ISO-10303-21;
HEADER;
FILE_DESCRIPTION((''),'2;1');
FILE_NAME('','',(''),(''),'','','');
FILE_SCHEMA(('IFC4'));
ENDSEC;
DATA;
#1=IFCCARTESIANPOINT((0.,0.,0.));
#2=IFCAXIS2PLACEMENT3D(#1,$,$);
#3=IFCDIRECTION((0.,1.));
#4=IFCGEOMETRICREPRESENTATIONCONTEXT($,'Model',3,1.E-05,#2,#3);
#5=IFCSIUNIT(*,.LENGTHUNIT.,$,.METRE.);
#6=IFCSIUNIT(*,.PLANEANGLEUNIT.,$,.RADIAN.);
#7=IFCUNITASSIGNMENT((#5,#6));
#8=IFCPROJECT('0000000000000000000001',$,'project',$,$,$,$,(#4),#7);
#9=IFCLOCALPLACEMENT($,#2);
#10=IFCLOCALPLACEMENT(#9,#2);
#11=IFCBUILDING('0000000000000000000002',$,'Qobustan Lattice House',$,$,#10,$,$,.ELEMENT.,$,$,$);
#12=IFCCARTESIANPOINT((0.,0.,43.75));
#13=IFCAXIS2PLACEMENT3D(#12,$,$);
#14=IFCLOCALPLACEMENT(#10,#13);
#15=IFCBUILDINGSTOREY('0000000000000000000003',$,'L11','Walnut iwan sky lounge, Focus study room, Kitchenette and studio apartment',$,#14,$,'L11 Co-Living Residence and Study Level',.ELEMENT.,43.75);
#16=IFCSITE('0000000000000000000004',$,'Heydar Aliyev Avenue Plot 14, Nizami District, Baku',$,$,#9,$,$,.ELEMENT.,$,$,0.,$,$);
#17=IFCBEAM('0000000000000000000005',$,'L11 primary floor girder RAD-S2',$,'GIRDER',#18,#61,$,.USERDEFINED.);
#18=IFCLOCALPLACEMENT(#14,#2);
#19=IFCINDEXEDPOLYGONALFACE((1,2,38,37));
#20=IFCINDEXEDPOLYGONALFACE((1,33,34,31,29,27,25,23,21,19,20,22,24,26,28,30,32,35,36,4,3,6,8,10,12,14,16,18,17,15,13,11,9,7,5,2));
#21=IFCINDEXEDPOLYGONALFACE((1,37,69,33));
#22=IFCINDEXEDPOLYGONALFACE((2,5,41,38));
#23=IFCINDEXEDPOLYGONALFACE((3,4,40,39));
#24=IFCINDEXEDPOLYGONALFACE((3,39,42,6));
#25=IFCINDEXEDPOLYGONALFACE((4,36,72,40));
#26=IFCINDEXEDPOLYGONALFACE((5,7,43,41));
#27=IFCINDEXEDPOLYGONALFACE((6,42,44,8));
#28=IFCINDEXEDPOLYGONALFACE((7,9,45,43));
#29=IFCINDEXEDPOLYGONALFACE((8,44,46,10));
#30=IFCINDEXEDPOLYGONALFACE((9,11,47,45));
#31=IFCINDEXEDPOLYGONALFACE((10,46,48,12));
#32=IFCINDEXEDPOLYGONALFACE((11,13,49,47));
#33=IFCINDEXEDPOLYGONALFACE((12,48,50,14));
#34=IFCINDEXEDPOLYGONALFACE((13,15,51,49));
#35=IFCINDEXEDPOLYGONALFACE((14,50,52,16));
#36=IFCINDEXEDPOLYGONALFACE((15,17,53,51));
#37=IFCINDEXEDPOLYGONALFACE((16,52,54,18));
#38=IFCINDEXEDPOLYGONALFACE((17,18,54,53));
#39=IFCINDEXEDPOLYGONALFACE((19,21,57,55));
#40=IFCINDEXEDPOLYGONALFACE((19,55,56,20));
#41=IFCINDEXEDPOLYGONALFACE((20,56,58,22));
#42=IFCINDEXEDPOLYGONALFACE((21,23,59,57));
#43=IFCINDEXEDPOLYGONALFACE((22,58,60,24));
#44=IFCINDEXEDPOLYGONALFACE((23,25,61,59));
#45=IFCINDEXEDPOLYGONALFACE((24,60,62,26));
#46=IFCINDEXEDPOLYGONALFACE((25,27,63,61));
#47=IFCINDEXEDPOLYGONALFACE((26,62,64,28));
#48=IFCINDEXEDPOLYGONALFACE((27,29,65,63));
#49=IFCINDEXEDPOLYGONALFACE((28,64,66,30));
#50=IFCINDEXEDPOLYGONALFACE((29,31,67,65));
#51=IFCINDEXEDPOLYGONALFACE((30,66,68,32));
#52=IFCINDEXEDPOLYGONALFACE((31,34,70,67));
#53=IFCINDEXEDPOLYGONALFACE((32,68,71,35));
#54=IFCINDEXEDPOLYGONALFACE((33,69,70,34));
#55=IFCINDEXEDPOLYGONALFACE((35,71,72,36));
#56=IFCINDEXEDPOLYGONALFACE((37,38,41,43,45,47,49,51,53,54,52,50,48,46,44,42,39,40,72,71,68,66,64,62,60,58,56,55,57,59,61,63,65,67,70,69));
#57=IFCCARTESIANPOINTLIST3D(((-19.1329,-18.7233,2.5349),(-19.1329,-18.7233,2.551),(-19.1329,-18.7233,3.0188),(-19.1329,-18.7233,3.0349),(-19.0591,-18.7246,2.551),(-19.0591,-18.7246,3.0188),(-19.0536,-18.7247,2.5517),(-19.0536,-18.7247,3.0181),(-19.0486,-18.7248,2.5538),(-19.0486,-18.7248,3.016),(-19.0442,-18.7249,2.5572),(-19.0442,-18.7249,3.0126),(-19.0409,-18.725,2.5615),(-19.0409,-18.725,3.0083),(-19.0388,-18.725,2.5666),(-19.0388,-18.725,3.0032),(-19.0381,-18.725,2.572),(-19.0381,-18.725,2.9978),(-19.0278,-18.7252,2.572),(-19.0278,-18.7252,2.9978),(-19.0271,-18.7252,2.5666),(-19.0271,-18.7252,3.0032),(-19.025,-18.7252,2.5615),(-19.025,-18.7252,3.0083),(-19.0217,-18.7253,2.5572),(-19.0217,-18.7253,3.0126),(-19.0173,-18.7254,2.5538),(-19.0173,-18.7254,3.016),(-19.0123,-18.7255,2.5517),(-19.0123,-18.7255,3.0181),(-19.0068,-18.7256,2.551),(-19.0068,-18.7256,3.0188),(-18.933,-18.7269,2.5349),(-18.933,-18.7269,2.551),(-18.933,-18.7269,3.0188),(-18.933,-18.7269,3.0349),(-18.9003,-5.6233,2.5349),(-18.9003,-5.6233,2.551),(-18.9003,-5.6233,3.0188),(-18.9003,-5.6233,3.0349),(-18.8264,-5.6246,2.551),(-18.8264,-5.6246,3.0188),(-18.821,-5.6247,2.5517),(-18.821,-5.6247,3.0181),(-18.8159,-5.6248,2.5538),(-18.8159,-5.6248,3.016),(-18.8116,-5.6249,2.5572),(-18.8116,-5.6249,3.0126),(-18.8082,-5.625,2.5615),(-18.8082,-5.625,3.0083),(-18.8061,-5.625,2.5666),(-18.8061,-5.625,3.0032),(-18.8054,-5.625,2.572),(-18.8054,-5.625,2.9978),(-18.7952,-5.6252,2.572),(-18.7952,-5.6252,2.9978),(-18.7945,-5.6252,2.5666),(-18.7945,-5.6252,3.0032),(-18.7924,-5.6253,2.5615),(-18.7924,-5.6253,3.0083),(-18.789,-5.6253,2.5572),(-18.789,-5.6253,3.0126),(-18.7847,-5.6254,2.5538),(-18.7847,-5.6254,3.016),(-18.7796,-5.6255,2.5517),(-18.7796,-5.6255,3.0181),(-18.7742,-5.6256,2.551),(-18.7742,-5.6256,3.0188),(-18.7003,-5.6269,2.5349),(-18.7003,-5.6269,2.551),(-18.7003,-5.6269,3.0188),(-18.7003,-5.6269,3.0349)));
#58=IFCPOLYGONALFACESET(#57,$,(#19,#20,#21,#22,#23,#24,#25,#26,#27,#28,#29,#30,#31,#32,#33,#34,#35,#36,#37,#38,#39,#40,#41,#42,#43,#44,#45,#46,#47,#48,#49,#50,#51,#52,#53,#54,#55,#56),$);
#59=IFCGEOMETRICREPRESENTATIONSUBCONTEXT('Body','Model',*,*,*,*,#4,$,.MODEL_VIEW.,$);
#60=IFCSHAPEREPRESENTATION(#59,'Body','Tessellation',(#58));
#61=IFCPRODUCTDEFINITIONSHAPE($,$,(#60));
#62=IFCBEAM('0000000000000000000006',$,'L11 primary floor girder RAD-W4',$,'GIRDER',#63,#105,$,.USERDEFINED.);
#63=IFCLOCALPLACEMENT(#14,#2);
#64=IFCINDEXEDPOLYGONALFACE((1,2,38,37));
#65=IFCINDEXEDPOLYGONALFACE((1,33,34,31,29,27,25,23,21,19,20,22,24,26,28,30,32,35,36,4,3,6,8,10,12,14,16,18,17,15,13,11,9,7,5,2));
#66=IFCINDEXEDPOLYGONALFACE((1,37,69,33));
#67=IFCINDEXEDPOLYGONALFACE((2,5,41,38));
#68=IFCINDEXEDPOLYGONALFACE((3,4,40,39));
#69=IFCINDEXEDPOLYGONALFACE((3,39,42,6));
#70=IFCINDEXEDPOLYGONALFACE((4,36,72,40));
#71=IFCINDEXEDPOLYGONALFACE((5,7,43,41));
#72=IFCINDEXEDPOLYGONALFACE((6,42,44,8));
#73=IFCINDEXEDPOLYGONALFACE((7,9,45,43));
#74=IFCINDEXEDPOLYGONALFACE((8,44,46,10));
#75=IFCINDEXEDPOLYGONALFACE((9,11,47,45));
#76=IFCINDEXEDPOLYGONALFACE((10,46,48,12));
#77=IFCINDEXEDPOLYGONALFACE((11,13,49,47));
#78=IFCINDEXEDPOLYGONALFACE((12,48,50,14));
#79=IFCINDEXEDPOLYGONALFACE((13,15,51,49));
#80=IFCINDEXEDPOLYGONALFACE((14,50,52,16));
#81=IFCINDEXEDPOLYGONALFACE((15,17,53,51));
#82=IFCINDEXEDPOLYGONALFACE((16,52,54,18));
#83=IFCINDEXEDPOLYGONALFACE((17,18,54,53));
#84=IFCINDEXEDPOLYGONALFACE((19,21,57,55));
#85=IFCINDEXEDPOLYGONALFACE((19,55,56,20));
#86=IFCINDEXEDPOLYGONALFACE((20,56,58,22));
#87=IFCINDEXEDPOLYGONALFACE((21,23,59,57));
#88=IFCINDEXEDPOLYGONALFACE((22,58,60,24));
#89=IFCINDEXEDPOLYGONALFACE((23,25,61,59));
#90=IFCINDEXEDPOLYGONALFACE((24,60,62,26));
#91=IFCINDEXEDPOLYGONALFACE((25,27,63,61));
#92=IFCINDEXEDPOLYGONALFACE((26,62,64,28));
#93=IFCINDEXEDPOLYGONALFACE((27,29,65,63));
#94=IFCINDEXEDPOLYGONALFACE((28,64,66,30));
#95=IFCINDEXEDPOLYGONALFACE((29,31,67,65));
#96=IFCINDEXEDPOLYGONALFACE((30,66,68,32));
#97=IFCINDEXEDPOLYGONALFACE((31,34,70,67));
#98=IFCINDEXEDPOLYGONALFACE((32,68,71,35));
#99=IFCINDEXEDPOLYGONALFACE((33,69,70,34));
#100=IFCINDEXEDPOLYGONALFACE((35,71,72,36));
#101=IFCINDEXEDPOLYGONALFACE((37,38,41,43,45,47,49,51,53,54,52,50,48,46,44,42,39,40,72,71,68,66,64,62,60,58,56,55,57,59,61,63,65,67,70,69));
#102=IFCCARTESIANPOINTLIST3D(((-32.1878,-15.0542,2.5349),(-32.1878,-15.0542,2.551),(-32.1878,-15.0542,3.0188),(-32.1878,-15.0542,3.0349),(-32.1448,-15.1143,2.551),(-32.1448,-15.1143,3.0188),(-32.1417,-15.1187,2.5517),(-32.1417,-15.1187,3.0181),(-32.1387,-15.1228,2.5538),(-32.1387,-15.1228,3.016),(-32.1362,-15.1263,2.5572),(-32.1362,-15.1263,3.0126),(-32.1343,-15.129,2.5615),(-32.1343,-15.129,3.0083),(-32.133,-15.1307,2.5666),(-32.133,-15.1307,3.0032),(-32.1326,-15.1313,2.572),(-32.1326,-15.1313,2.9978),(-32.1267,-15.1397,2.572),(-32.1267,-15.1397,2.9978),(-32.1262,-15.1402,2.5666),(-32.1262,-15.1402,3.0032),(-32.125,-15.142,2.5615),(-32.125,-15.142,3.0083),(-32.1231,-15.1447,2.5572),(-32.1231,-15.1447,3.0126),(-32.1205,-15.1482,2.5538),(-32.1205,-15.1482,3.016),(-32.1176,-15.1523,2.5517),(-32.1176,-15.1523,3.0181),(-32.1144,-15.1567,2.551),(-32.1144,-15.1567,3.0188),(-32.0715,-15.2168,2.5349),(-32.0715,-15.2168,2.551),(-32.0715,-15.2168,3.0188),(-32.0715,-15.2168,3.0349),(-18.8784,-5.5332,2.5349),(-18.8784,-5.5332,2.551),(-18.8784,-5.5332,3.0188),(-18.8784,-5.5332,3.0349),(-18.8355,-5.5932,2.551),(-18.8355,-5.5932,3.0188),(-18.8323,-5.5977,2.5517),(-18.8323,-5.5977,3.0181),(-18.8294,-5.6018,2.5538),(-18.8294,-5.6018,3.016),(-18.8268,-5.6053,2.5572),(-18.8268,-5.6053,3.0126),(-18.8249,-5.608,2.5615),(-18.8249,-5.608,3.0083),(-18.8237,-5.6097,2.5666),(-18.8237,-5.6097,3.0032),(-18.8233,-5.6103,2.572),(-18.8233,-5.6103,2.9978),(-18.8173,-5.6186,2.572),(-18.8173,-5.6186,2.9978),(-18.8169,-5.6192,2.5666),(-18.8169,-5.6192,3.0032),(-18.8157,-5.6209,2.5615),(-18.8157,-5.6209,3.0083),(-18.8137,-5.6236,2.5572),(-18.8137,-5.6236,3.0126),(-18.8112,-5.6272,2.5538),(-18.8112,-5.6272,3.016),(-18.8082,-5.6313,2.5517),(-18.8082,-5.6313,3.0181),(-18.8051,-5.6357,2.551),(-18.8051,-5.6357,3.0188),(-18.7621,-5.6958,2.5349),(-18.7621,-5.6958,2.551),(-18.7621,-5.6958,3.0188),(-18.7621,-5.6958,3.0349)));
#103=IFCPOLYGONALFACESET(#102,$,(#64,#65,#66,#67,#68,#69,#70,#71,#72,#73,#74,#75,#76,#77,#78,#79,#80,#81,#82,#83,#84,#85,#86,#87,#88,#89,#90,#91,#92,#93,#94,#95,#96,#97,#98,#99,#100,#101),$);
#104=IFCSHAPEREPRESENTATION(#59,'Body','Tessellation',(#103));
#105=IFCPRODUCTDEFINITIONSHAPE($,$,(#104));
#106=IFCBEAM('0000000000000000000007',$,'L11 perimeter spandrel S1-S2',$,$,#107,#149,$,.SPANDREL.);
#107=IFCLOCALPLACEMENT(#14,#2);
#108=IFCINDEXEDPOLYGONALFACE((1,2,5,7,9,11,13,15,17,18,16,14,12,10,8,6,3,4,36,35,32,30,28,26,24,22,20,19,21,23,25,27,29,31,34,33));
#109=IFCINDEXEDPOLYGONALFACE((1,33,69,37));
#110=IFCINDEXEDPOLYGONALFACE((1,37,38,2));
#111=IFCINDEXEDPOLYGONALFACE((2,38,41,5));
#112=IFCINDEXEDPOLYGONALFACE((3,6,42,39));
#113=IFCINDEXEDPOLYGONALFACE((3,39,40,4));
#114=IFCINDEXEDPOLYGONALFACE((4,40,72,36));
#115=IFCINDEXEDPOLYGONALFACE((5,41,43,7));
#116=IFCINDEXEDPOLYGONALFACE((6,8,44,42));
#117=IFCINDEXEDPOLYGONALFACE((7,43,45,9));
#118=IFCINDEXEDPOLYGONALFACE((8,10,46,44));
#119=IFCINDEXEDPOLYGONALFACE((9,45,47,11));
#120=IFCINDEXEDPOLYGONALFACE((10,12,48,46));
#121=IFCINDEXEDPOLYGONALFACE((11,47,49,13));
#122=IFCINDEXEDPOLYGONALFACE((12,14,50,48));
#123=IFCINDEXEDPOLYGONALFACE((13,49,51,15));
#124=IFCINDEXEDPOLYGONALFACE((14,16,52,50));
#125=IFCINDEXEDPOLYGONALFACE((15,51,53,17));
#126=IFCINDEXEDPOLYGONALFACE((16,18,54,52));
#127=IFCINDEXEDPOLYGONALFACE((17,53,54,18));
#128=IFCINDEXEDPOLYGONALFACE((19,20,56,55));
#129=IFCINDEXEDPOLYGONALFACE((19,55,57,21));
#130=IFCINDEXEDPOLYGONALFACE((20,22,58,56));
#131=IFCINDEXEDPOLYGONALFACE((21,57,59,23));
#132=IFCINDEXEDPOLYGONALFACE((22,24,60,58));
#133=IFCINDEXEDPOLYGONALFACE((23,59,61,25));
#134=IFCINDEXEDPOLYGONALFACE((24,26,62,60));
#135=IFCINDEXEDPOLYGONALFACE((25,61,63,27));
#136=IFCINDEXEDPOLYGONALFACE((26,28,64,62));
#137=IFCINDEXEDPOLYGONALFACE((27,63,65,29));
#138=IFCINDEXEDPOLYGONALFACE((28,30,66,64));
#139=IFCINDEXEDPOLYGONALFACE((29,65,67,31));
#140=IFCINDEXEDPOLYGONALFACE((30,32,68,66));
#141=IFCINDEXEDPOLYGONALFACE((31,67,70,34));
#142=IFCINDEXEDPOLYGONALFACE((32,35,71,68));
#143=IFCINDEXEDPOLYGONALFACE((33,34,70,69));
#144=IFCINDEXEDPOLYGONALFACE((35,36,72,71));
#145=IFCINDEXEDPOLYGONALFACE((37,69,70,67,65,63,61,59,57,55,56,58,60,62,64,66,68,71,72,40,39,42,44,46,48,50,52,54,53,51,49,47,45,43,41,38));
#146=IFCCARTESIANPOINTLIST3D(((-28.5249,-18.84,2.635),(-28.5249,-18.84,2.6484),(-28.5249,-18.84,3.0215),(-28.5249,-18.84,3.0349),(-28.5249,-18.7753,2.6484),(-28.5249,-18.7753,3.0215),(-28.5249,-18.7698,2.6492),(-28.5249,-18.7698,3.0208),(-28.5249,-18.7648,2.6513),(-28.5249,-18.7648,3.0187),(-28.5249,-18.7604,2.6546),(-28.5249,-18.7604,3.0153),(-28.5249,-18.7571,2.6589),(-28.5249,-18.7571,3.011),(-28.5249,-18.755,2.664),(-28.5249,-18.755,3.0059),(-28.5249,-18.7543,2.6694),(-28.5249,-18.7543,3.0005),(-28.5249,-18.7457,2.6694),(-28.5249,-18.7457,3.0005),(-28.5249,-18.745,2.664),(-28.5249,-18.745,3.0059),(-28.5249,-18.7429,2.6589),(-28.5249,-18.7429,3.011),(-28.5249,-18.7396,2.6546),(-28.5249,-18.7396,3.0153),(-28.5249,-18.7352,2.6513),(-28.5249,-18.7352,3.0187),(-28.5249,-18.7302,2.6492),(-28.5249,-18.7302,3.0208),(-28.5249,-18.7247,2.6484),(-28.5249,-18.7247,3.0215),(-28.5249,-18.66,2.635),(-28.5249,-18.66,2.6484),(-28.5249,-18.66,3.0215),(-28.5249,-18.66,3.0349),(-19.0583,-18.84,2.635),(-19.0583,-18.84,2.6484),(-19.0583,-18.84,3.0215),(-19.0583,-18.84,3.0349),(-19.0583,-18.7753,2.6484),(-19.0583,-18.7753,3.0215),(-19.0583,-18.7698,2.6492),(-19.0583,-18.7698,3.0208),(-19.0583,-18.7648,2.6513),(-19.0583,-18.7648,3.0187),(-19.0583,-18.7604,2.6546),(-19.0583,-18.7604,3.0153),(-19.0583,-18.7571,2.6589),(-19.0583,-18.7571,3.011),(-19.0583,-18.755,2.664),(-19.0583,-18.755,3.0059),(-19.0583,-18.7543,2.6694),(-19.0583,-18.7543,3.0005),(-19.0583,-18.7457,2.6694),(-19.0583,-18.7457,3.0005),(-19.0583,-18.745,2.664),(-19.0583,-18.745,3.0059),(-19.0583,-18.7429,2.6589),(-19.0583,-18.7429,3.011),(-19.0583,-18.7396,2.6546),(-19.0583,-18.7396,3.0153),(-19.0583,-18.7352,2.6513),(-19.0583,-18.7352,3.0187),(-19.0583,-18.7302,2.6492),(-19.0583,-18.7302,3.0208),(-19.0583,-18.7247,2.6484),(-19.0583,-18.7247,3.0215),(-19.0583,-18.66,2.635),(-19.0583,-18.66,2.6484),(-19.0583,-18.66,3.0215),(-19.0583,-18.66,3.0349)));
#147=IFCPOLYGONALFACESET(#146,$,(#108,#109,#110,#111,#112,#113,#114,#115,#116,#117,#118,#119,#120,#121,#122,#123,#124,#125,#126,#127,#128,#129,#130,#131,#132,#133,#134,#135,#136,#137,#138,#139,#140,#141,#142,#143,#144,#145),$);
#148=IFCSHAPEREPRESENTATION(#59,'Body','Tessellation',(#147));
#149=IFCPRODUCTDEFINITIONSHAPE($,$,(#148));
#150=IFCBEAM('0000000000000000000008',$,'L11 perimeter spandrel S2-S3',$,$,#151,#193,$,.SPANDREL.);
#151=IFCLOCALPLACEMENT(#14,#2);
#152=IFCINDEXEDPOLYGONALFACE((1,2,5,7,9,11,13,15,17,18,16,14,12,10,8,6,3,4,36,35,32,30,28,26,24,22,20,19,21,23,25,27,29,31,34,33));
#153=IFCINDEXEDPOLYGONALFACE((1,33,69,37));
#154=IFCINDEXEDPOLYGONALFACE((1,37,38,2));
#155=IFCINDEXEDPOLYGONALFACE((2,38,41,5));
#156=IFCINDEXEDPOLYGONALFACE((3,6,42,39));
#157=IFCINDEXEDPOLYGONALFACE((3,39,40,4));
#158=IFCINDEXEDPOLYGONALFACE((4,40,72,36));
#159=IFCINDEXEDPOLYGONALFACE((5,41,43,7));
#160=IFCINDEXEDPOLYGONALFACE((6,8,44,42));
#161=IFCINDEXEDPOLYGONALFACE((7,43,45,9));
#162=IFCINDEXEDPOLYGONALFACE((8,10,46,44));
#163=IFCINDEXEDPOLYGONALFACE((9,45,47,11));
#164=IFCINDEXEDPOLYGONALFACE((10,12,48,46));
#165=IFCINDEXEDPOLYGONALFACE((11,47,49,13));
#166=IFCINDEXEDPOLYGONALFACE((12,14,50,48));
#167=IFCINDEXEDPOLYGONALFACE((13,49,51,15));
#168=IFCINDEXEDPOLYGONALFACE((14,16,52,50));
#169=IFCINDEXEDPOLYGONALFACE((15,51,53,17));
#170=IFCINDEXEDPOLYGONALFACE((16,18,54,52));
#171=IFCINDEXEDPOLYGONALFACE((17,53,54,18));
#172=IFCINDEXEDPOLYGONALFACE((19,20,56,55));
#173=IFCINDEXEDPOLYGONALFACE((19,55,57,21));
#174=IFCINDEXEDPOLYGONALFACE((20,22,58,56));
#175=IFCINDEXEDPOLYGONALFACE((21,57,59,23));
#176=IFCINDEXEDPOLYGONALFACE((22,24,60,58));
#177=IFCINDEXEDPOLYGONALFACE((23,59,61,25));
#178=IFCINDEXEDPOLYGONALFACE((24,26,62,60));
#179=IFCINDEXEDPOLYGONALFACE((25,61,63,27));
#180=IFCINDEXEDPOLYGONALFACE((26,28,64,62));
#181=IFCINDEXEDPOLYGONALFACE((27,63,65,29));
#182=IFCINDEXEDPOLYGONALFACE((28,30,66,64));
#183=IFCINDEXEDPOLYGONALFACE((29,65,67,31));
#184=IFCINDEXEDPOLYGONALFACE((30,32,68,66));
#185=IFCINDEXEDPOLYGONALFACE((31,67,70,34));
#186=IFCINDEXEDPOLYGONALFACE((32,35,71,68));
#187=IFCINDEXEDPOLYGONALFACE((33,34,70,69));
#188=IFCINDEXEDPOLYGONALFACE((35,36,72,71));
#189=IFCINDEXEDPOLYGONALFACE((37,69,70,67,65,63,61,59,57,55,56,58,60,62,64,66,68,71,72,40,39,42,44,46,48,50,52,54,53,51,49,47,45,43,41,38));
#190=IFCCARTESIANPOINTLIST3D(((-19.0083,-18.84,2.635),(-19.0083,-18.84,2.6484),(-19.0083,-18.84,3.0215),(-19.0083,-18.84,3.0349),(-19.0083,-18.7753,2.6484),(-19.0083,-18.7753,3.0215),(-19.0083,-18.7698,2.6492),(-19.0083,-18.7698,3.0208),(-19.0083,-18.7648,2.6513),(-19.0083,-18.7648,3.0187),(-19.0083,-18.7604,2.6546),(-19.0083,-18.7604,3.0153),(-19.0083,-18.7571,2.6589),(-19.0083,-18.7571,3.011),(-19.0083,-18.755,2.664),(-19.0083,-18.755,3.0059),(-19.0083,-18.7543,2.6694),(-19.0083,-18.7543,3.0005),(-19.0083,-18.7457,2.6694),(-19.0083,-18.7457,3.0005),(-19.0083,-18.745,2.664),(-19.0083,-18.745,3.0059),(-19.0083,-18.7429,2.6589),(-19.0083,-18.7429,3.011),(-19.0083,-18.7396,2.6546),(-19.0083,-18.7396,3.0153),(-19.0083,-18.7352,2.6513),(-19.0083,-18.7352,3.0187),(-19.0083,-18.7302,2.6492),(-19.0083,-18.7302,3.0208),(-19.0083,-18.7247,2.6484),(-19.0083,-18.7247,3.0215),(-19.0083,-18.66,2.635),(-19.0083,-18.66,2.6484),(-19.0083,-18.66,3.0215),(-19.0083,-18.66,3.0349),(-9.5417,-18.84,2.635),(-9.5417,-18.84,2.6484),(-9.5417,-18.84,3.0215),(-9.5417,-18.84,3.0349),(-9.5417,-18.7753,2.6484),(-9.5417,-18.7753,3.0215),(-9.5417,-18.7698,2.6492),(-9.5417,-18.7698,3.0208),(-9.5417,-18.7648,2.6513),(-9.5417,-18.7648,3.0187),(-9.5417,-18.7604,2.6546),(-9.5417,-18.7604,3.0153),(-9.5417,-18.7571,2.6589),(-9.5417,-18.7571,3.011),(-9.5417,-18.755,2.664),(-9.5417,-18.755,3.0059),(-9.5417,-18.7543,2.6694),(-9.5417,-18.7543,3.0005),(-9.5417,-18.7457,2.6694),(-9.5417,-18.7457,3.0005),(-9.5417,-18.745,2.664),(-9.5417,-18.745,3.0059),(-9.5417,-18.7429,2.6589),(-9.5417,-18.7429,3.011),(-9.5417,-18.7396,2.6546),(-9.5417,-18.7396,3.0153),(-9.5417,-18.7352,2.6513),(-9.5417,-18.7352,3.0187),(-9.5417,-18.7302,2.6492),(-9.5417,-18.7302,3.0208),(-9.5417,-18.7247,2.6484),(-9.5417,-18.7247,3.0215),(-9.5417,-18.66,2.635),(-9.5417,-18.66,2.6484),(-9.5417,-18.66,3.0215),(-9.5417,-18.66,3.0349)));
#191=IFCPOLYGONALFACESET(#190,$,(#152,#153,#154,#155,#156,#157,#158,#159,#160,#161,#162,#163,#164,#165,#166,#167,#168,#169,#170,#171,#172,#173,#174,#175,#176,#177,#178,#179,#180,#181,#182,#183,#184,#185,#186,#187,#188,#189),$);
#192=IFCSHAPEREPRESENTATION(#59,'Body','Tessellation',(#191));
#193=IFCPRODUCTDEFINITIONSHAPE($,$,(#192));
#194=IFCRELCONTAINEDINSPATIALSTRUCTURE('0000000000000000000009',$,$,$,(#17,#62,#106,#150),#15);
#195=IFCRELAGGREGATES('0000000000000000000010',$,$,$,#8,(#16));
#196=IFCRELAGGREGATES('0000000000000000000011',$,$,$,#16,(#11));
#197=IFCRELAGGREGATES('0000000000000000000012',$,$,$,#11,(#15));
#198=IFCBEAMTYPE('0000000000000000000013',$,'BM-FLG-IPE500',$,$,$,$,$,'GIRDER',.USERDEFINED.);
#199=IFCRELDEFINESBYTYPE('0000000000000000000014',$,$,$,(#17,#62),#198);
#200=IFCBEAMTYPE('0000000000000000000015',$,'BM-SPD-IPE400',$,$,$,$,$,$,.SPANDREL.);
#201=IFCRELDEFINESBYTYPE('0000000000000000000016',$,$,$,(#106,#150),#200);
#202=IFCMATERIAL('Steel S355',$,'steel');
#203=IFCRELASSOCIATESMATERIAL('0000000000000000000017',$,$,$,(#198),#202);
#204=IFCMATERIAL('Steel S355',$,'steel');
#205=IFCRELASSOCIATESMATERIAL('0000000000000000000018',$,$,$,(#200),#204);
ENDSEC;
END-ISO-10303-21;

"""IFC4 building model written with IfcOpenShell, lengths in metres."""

from ifc_helpers import new_model, si_unit, direction, frame, origin, origin_2d, place, context, subcontext, project, spatial, i_section, extrude, material, material_profile, profile_set, type_object, element, save


model = new_model("IFC4")

# Units and contexts
model_context = context("Model", 3, precision=1e-05, world=origin(), true_north=direction((0.0, 1.0)))
body_context = subcontext(model_context, "Body", "Model", "MODEL_VIEW")
ifc_project = project(units=[si_unit("LENGTHUNIT", "METRE"), si_unit("PLANEANGLEUNIT", "RADIAN")], contexts=[model_context])

# Site, building, storey
site_placement = place(None, origin())
site = spatial("IfcSite", under=ifc_project, at=site_placement, Name="Heydar Aliyev Avenue Plot 14, Nizami District, Baku", CompositionType="ELEMENT", RefElevation=0.0)
building_placement = place(site_placement, origin())
building = spatial("IfcBuilding", under=site, at=building_placement, Name="Qobustan Lattice House", CompositionType="ELEMENT")
storey_placement = place(building_placement, frame((0.0, 0.0, 43.75)))
storey = spatial("IfcBuildingStorey", under=building, at=storey_placement, Name="L11", Description="Walnut iwan sky lounge, Focus study room, Kitchenette and studio apartment", LongName="L11 Co-Living Residence and Study Level", CompositionType="ELEMENT", Elevation=43.75)

# Beams
ifc_material_1 = material(Name="Steel S355", Category="steel")
ifc_material_profile_1 = material_profile(ifc_material_1, i_section(OverallWidth=0.2, OverallDepth=0.5, WebThickness=0.0103, FlangeThickness=0.0161, FilletRadius=0.021, at=origin_2d()), Name="IPE500")
ifc_profile_set_1 = profile_set([ifc_material_profile_1], Name="Steel S355")
beam_type_1 = type_object("IfcBeamType", Name="BM-FLG-IPE500", ElementType="GIRDER", PredefinedType="USERDEFINED", material=ifc_profile_set_1)
beam_1_placement = place(storey_placement, frame((-19.033, -18.7251, 2.7849), z_axis=(0.017758, 0.999842, 0.0), x_axis=(-0.999842, 0.017758, 0.0)))
element("IfcBeam", 1, at=beam_1_placement, inside=storey, type_object=beam_type_1, Name="L11 primary floor girder RAD-S2", ObjectType="GIRDER", PredefinedType="USERDEFINED", context=body_context, shape_type="SweptSolid", body=[
    extrude(i_section(OverallWidth=0.2, OverallDepth=0.5, WebThickness=0.0103, FlangeThickness=0.0161, FilletRadius=0.021, at=origin_2d()), origin(), (0.0, 0.0, 1.0), 13.1021),
])
beam_2_placement = place(storey_placement, frame((-32.1296, -15.1355, 2.7849), z_axis=(0.813319, 0.581818, 0.0), x_axis=(-0.581818, 0.813319, 0.0)))
element("IfcBeam", 2, at=beam_2_placement, inside=storey, type_object=beam_type_1, Name="L11 primary floor girder RAD-W4", ObjectType="GIRDER", PredefinedType="USERDEFINED", context=body_context, shape_type="SweptSolid", body=[
    extrude(i_section(OverallWidth=0.2, OverallDepth=0.5, WebThickness=0.0103, FlangeThickness=0.0161, FilletRadius=0.021, at=origin_2d()), origin(), (0.0, 0.0, 1.0), 16.3643),
])
ifc_material_2 = material(Name="Steel S355", Category="steel")
ifc_material_profile_2 = material_profile(ifc_material_2, i_section(OverallWidth=0.1799, OverallDepth=0.3999, WebThickness=0.0085, FlangeThickness=0.0134, FilletRadius=0.021, at=origin_2d()), Name="IPE400")
ifc_profile_set_2 = profile_set([ifc_material_profile_2], Name="Steel S355")
beam_type_2 = type_object("IfcBeamType", Name="BM-SPD-IPE400", PredefinedType="SPANDREL", material=ifc_profile_set_2)
for number, where, z_axis, x_axis, name in (
    (3, (-28.5249, -18.75, 2.835), (1.0, 0.0, 0.0), (0.0, 1.0, 0.0), "L11 perimeter spandrel S1-S2"),
    (4, (-19.0083, -18.75, 2.835), (1.0, 0.0, 0.0), (0.0, 1.0, 0.0), "L11 perimeter spandrel S2-S3"),
):
    element("IfcBeam", number, at=place(storey_placement, frame(where, z_axis=z_axis, x_axis=x_axis)), inside=storey, type_object=beam_type_2, Name=name, PredefinedType="SPANDREL", context=body_context, shape_type="SweptSolid", body=[
        extrude(i_section(OverallWidth=0.1799, OverallDepth=0.3999, WebThickness=0.0085, FlangeThickness=0.0134, FilletRadius=0.021, at=origin_2d()), origin(), (0.0, 0.0, 1.0), 9.4666),
    ])

save(model, "model.ifc")
